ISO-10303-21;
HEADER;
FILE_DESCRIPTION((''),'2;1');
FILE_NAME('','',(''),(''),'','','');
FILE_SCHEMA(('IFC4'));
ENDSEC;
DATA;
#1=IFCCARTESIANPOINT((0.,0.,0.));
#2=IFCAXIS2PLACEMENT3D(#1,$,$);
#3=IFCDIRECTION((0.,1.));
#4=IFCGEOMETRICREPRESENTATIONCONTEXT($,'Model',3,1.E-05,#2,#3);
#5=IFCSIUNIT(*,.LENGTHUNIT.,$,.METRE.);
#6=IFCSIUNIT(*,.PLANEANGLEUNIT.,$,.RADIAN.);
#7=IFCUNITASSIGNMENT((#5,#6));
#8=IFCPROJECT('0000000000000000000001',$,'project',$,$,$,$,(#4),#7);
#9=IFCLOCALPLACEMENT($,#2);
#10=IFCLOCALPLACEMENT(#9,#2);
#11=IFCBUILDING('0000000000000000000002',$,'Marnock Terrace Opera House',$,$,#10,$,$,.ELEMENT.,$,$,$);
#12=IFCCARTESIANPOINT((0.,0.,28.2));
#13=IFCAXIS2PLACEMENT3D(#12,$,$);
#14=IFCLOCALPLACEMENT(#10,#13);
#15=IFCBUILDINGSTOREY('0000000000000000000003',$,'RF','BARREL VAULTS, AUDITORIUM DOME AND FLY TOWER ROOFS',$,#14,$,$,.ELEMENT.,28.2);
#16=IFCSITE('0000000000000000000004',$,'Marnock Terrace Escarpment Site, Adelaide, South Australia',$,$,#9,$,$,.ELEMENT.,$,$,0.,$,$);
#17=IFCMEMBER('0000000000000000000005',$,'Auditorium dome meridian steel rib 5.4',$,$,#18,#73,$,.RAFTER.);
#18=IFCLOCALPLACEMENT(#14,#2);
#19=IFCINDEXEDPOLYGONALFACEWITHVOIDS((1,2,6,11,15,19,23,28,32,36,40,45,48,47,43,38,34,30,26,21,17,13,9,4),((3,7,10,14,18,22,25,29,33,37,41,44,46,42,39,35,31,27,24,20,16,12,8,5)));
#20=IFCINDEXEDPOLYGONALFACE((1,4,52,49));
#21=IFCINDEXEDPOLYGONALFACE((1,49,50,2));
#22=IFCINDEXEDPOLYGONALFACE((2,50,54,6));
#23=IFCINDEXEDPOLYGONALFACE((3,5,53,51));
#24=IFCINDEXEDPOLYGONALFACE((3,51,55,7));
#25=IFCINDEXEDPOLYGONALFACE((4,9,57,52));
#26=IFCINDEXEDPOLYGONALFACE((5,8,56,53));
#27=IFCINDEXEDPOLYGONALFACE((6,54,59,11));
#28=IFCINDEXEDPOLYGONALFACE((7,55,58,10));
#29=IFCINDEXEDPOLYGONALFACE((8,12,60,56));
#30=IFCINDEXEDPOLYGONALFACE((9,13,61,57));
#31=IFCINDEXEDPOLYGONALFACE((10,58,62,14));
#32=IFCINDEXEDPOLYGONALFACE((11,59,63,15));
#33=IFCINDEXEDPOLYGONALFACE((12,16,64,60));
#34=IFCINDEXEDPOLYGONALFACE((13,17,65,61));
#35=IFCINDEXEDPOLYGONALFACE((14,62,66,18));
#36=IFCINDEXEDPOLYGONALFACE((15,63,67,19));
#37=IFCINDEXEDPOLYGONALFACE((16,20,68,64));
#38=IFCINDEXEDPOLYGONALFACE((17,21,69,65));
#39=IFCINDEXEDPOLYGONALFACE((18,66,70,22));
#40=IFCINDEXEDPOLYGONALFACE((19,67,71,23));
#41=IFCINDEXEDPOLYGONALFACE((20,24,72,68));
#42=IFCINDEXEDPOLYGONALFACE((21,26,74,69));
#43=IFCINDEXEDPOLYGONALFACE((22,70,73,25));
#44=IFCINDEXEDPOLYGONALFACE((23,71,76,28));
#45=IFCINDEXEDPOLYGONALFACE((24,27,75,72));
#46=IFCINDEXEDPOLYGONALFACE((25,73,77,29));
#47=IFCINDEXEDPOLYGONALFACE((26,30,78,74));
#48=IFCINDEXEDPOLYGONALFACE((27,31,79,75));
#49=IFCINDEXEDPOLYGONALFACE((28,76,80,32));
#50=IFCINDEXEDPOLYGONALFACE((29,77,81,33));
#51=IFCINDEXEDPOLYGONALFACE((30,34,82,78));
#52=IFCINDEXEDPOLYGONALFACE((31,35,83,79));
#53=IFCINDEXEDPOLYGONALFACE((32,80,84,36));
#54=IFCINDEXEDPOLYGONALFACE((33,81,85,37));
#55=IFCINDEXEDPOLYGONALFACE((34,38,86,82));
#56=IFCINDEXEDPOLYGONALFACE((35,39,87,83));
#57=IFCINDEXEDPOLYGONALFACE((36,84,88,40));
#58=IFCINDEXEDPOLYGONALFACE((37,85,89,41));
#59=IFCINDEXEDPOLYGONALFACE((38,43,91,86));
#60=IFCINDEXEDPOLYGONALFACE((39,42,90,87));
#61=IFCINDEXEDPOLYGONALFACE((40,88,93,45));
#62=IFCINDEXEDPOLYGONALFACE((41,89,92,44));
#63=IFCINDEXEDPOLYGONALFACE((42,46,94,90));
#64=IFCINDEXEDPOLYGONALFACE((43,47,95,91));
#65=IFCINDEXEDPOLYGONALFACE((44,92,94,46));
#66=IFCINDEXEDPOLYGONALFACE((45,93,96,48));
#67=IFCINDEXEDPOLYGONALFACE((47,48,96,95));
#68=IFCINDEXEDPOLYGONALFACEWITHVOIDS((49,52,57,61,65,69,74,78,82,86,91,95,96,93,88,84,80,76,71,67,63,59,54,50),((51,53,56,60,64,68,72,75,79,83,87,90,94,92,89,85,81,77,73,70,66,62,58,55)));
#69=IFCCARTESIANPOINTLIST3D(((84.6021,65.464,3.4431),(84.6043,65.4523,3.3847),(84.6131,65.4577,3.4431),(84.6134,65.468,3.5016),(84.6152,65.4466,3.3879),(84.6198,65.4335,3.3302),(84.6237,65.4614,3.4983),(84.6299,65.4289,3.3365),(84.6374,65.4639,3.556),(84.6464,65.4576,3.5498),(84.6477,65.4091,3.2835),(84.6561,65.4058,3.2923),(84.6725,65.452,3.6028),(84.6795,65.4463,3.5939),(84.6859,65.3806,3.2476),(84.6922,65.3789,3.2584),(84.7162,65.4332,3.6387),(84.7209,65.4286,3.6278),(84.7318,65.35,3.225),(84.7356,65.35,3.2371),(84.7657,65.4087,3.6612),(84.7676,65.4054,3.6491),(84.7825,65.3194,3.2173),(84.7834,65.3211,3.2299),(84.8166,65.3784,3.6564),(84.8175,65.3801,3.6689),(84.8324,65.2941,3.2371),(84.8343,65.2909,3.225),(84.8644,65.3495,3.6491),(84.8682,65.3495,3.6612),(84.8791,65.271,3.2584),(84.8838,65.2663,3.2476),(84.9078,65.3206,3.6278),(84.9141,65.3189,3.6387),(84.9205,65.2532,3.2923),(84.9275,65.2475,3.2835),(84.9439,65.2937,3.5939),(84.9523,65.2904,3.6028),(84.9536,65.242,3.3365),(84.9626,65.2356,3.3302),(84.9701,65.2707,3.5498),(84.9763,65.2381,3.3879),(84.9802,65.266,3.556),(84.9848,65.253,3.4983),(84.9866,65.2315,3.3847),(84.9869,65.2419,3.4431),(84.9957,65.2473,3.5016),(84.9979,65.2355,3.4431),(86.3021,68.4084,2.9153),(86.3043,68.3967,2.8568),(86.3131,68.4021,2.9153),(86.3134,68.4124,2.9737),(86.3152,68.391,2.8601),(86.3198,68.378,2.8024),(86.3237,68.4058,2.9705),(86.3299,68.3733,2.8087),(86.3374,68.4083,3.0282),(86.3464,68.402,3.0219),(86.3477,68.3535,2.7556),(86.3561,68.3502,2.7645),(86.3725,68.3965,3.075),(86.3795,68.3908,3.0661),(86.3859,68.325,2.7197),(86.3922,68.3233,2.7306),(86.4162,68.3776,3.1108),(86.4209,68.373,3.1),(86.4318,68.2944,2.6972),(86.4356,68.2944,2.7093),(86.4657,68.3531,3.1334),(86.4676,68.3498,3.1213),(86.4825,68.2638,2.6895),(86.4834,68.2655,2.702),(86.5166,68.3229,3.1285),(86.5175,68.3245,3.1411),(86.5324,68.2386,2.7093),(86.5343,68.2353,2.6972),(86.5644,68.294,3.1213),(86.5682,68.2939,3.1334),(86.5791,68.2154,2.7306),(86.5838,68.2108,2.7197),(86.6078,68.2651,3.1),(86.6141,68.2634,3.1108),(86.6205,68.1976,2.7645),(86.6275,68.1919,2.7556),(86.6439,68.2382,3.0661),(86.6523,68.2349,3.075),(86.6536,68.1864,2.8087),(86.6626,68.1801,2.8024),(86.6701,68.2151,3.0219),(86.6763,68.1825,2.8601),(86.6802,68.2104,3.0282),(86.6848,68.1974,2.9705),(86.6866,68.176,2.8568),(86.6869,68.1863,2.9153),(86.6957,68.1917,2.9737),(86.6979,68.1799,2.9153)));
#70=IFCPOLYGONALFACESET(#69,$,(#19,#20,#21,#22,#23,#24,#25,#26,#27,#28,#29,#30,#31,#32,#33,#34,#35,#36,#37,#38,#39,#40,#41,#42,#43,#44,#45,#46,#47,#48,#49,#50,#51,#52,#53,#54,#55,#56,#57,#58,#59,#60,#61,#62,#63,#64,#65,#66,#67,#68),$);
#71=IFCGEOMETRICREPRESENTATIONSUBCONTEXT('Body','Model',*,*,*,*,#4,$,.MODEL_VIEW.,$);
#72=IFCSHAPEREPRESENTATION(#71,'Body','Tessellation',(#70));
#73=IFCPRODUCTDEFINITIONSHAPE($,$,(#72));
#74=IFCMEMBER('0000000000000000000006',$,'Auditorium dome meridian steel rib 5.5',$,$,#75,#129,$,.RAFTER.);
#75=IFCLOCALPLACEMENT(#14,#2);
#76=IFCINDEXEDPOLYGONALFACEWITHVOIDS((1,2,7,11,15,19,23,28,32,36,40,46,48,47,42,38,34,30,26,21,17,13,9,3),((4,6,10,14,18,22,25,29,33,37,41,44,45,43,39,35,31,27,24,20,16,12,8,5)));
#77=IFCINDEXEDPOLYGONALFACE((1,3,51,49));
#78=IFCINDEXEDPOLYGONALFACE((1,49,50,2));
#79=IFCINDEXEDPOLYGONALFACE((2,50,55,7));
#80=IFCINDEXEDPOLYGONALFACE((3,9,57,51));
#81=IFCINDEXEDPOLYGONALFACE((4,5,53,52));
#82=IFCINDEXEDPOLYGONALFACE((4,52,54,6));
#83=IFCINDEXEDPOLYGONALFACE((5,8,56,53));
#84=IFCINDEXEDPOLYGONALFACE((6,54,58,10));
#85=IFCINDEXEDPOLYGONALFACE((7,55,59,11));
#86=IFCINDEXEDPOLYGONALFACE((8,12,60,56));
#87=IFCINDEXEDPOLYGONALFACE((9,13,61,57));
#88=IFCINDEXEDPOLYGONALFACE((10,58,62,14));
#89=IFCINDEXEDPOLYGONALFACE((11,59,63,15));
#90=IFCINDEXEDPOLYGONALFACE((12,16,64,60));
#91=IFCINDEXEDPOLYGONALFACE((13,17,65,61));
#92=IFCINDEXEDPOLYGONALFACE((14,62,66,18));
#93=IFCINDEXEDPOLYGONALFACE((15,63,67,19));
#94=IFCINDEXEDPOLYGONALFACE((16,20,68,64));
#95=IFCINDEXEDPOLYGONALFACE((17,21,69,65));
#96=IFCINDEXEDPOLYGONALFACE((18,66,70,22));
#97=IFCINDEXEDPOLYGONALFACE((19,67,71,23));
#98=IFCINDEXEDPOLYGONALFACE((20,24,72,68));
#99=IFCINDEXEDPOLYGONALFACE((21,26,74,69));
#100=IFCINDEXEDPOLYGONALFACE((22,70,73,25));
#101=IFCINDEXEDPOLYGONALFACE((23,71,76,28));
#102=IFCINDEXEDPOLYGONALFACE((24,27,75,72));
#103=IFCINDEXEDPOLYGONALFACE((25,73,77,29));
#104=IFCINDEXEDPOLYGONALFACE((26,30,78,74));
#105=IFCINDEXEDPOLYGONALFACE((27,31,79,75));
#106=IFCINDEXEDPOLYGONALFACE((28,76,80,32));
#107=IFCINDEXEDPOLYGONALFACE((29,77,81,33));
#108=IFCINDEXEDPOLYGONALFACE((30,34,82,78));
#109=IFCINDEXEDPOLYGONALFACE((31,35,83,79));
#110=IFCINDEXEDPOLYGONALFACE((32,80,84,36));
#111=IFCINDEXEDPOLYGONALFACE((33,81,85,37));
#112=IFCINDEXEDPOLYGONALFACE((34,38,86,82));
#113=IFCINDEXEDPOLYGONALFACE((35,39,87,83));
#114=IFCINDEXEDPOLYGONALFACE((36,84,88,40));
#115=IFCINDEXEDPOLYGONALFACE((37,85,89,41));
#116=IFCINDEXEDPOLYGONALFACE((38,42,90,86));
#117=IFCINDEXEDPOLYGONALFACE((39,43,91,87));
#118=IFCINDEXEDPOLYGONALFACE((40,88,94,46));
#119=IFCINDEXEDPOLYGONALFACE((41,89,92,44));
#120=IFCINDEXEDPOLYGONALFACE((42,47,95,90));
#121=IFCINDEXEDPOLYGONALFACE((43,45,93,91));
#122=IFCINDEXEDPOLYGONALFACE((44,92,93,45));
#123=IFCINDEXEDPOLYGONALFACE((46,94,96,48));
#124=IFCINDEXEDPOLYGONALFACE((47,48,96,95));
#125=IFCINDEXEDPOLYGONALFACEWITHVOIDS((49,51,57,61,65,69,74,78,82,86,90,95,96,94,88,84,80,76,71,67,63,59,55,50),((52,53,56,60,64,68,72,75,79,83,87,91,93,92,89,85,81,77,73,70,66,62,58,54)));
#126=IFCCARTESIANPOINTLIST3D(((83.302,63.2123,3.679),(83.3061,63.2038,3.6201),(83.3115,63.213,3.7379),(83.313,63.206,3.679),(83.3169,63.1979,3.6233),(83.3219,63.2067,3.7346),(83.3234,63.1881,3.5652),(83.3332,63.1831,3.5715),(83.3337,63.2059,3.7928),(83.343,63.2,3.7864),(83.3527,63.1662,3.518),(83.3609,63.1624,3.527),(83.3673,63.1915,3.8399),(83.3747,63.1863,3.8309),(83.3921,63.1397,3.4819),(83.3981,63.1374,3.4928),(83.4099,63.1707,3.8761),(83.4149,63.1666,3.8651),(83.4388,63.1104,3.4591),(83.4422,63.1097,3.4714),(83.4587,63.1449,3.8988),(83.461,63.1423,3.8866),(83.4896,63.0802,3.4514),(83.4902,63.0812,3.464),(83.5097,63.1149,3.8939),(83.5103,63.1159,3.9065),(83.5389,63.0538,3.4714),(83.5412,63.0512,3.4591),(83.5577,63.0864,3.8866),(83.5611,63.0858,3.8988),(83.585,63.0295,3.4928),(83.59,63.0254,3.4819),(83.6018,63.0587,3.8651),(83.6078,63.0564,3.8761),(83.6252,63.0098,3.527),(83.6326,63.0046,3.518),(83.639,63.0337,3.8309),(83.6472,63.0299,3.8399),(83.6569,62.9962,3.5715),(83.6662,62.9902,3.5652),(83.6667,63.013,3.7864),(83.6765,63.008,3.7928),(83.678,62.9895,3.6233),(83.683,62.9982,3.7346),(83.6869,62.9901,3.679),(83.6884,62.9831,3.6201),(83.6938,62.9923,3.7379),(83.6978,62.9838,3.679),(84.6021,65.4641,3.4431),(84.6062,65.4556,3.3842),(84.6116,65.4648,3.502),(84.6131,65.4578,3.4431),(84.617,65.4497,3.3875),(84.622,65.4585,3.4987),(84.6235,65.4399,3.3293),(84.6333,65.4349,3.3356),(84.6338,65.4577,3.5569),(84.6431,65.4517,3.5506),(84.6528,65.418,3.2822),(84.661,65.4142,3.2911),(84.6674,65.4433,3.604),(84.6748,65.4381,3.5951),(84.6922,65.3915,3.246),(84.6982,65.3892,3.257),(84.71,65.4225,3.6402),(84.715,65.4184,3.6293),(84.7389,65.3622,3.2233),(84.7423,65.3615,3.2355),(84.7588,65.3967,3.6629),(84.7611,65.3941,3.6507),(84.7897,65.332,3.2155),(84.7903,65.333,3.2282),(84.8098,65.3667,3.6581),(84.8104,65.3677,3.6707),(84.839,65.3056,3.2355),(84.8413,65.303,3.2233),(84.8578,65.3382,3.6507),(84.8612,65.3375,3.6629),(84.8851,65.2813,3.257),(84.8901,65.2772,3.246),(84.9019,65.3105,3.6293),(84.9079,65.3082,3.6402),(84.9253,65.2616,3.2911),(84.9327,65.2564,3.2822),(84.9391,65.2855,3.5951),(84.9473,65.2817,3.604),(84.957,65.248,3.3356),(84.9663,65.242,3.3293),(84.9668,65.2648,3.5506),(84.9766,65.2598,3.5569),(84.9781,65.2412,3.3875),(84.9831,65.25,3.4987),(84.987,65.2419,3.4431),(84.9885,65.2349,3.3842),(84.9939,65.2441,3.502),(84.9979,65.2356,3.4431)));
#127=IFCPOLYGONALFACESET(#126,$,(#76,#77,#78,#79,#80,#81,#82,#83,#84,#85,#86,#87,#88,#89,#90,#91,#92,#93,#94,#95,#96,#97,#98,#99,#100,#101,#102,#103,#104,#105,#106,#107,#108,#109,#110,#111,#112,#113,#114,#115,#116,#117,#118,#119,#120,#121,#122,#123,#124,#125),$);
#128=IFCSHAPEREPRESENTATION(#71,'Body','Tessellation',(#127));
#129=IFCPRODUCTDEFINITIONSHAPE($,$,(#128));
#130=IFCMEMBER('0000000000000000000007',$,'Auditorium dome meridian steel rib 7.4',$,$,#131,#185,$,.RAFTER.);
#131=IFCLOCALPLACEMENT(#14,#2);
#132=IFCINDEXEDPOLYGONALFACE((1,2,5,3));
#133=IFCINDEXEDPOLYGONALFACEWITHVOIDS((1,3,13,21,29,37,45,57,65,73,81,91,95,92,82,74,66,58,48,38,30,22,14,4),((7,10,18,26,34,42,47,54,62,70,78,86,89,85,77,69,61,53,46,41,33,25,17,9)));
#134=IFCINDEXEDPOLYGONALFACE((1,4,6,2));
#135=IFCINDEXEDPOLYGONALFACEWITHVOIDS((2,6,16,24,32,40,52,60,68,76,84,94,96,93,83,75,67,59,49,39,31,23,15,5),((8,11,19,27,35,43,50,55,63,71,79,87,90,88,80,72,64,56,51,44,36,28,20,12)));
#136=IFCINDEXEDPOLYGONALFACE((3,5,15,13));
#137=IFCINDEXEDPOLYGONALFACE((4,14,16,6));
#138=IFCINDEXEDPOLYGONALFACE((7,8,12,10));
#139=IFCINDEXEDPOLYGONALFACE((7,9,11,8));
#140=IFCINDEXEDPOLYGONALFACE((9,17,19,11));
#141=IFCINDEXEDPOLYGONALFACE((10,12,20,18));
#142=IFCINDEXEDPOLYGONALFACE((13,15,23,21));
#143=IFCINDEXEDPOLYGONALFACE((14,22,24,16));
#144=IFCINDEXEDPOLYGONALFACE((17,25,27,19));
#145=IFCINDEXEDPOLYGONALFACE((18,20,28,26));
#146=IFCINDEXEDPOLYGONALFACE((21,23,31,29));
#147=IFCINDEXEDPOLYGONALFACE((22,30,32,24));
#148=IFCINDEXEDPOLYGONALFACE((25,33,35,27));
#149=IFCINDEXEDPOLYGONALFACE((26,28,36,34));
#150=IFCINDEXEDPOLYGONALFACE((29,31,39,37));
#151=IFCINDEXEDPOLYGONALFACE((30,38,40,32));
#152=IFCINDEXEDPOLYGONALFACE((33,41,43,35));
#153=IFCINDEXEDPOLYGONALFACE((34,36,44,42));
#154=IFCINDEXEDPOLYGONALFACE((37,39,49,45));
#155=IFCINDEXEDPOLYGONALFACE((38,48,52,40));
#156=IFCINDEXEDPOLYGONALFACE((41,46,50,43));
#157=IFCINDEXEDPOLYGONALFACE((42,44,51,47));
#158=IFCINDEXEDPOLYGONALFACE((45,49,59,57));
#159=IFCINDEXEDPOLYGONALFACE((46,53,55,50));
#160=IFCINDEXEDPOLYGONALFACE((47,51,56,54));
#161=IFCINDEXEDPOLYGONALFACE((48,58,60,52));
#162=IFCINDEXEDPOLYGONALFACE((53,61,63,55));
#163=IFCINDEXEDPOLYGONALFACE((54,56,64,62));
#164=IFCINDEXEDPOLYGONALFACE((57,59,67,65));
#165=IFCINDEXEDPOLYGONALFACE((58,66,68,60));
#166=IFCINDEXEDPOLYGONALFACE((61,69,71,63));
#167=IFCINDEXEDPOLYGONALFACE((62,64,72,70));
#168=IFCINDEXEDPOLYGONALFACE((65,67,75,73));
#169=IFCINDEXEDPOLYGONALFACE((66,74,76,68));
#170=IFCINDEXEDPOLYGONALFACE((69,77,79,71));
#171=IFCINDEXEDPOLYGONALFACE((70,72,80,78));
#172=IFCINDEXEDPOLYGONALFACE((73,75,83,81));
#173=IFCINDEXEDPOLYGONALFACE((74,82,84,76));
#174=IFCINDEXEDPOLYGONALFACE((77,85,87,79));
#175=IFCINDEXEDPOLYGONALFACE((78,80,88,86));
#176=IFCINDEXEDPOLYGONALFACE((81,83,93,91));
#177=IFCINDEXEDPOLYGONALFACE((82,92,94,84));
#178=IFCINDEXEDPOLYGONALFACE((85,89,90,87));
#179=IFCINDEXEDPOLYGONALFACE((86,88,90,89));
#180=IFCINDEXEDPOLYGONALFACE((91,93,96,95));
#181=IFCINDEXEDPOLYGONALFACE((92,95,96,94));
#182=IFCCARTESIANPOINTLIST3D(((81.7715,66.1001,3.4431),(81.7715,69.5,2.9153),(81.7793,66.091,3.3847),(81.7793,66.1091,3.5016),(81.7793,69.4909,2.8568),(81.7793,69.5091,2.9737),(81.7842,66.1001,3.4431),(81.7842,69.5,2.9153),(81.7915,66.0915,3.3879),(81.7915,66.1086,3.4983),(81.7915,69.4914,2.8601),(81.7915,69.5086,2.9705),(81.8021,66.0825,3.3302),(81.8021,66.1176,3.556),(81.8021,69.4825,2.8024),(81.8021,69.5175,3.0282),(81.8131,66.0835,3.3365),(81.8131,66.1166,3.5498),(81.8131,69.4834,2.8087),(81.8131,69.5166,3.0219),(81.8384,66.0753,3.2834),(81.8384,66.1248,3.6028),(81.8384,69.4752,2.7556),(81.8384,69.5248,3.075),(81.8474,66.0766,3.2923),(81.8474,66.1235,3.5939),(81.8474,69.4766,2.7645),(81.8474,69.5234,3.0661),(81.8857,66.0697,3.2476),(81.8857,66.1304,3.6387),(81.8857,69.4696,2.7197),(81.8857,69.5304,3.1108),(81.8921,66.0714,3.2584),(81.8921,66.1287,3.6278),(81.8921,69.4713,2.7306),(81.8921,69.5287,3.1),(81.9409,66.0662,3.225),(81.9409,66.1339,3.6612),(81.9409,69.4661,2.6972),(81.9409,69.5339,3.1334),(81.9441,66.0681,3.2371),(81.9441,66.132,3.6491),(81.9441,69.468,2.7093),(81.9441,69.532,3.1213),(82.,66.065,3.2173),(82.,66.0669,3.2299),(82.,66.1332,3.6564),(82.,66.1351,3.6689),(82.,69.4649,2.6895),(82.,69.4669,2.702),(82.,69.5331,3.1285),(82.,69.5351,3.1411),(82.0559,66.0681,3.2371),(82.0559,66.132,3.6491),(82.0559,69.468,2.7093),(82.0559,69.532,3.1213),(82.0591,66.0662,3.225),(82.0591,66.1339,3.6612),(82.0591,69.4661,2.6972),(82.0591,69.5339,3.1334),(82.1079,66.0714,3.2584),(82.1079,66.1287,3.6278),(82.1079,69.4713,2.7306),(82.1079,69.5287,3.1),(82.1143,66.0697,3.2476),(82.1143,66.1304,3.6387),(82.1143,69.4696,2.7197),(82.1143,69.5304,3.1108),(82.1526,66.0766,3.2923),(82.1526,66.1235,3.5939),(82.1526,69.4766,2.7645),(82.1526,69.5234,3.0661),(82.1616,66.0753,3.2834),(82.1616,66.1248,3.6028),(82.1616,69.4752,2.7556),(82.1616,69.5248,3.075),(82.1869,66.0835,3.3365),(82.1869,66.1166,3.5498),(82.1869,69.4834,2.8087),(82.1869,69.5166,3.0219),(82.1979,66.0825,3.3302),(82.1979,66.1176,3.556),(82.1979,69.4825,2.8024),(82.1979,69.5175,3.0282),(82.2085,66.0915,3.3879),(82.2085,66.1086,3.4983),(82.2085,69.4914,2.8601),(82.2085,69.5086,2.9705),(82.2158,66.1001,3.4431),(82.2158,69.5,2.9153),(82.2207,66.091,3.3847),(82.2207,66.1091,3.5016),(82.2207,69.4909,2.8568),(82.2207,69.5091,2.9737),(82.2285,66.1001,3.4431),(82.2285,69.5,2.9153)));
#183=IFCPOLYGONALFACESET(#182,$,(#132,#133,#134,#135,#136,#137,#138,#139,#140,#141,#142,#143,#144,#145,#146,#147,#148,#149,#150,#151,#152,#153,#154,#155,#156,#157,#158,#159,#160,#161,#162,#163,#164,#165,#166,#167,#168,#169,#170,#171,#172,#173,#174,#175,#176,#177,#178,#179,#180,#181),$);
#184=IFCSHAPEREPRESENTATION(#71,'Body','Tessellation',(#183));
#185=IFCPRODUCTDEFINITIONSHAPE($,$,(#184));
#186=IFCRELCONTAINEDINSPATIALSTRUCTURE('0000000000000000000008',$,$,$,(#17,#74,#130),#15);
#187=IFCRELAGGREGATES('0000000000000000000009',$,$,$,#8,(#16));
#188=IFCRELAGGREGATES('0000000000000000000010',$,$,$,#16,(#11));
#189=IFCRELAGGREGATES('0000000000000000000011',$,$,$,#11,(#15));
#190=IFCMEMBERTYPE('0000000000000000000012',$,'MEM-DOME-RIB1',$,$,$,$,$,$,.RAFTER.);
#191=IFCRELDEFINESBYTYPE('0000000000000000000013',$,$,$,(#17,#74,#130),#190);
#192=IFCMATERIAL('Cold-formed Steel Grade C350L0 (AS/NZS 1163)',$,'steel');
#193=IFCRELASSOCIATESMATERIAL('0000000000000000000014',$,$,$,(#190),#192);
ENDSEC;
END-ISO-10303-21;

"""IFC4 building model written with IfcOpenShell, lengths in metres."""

from ifc_helpers import new_model, si_unit, direction, frame, origin, origin_2d, place, context, subcontext, project, spatial, hollow_circle, extrude, material, material_profile, profile_set, type_object, element, save


model = new_model("IFC4")

# Units and contexts
model_context = context("Model", 3, precision=1e-05, world=origin(), true_north=direction((0.0, 1.0)))
body_context = subcontext(model_context, "Body", "Model", "MODEL_VIEW")
ifc_project = project(units=[si_unit("LENGTHUNIT", "METRE"), si_unit("PLANEANGLEUNIT", "RADIAN")], contexts=[model_context])

# Site, building, storey
site_placement = place(None, origin())
site = spatial("IfcSite", under=ifc_project, at=site_placement, Name="Marnock Terrace Escarpment Site, Adelaide, South Australia", CompositionType="ELEMENT", RefElevation=0.0)
building_placement = place(site_placement, origin())
building = spatial("IfcBuilding", under=site, at=building_placement, Name="Marnock Terrace Opera House", CompositionType="ELEMENT")
storey_placement = place(building_placement, frame((0.0, 0.0, 28.2)))
storey = spatial("IfcBuildingStorey", under=building, at=storey_placement, Name="RF", Description="BARREL VAULTS, AUDITORIUM DOME AND FLY TOWER ROOFS", CompositionType="ELEMENT", Elevation=28.2)

# Members
ifc_material_1 = material(Name="Cold-formed Steel Grade C350L0 (AS/NZS 1163)", Category="steel")
ifc_material_profile_1 = material_profile(ifc_material_1, hollow_circle(Radius=0.2285, WallThickness=0.0127, at=origin_2d()))
ifc_profile_set_1 = profile_set([ifc_material_profile_1], Name="Cold-formed Steel Grade C350L0 (AS/NZS 1163)")
member_type_1 = type_object("IfcMemberType", Name="MEM-DOME-RIB1", PredefinedType="RAFTER", material=ifc_profile_set_1)
member_1_placement = place(storey_placement, frame((86.5, 68.2942, 2.9153), z_axis=(-0.494089, -0.855769, 0.153414), x_axis=(0.866021, -0.500008, 0.0)))
element("IfcMember", 1, at=member_1_placement, inside=storey, type_object=member_type_1, Name="Auditorium dome meridian steel rib 5.4", PredefinedType="RAFTER", context=body_context, shape_type="SweptSolid", body=[
    extrude(hollow_circle(Radius=0.2285, WallThickness=0.0127, at=origin_2d()), origin(), (0.0, 0.0, 1.0), 3.4407),
])
member_2_placement = place(storey_placement, frame((84.8, 65.3499, 3.4431), z_axis=(-0.497963, -0.862481, 0.090335), x_axis=(0.866021, -0.500007, 0.0)))
element("IfcMember", 2, at=member_2_placement, inside=storey, type_object=member_type_1, Name="Auditorium dome meridian steel rib 5.5", PredefinedType="RAFTER", context=body_context, shape_type="SweptSolid", body=[
    extrude(hollow_circle(Radius=0.2285, WallThickness=0.0127, at=origin_2d()), origin(), (0.0, 0.0, 1.0), 2.6108),
])
member_3_placement = place(storey_placement, frame((82.0, 69.5, 2.9153), z_axis=(0.0, -0.988162, 0.153411), x_axis=(1.0, 0.0, 0.0)))
element("IfcMember", 3, at=member_3_placement, inside=storey, type_object=member_type_1, Name="Auditorium dome meridian steel rib 7.4", PredefinedType="RAFTER", context=body_context, shape_type="SweptSolid", body=[
    extrude(hollow_circle(Radius=0.2285, WallThickness=0.0127, at=origin_2d()), origin(), (0.0, 0.0, 1.0), 3.4407),
])

save(model, "model.ifc")
